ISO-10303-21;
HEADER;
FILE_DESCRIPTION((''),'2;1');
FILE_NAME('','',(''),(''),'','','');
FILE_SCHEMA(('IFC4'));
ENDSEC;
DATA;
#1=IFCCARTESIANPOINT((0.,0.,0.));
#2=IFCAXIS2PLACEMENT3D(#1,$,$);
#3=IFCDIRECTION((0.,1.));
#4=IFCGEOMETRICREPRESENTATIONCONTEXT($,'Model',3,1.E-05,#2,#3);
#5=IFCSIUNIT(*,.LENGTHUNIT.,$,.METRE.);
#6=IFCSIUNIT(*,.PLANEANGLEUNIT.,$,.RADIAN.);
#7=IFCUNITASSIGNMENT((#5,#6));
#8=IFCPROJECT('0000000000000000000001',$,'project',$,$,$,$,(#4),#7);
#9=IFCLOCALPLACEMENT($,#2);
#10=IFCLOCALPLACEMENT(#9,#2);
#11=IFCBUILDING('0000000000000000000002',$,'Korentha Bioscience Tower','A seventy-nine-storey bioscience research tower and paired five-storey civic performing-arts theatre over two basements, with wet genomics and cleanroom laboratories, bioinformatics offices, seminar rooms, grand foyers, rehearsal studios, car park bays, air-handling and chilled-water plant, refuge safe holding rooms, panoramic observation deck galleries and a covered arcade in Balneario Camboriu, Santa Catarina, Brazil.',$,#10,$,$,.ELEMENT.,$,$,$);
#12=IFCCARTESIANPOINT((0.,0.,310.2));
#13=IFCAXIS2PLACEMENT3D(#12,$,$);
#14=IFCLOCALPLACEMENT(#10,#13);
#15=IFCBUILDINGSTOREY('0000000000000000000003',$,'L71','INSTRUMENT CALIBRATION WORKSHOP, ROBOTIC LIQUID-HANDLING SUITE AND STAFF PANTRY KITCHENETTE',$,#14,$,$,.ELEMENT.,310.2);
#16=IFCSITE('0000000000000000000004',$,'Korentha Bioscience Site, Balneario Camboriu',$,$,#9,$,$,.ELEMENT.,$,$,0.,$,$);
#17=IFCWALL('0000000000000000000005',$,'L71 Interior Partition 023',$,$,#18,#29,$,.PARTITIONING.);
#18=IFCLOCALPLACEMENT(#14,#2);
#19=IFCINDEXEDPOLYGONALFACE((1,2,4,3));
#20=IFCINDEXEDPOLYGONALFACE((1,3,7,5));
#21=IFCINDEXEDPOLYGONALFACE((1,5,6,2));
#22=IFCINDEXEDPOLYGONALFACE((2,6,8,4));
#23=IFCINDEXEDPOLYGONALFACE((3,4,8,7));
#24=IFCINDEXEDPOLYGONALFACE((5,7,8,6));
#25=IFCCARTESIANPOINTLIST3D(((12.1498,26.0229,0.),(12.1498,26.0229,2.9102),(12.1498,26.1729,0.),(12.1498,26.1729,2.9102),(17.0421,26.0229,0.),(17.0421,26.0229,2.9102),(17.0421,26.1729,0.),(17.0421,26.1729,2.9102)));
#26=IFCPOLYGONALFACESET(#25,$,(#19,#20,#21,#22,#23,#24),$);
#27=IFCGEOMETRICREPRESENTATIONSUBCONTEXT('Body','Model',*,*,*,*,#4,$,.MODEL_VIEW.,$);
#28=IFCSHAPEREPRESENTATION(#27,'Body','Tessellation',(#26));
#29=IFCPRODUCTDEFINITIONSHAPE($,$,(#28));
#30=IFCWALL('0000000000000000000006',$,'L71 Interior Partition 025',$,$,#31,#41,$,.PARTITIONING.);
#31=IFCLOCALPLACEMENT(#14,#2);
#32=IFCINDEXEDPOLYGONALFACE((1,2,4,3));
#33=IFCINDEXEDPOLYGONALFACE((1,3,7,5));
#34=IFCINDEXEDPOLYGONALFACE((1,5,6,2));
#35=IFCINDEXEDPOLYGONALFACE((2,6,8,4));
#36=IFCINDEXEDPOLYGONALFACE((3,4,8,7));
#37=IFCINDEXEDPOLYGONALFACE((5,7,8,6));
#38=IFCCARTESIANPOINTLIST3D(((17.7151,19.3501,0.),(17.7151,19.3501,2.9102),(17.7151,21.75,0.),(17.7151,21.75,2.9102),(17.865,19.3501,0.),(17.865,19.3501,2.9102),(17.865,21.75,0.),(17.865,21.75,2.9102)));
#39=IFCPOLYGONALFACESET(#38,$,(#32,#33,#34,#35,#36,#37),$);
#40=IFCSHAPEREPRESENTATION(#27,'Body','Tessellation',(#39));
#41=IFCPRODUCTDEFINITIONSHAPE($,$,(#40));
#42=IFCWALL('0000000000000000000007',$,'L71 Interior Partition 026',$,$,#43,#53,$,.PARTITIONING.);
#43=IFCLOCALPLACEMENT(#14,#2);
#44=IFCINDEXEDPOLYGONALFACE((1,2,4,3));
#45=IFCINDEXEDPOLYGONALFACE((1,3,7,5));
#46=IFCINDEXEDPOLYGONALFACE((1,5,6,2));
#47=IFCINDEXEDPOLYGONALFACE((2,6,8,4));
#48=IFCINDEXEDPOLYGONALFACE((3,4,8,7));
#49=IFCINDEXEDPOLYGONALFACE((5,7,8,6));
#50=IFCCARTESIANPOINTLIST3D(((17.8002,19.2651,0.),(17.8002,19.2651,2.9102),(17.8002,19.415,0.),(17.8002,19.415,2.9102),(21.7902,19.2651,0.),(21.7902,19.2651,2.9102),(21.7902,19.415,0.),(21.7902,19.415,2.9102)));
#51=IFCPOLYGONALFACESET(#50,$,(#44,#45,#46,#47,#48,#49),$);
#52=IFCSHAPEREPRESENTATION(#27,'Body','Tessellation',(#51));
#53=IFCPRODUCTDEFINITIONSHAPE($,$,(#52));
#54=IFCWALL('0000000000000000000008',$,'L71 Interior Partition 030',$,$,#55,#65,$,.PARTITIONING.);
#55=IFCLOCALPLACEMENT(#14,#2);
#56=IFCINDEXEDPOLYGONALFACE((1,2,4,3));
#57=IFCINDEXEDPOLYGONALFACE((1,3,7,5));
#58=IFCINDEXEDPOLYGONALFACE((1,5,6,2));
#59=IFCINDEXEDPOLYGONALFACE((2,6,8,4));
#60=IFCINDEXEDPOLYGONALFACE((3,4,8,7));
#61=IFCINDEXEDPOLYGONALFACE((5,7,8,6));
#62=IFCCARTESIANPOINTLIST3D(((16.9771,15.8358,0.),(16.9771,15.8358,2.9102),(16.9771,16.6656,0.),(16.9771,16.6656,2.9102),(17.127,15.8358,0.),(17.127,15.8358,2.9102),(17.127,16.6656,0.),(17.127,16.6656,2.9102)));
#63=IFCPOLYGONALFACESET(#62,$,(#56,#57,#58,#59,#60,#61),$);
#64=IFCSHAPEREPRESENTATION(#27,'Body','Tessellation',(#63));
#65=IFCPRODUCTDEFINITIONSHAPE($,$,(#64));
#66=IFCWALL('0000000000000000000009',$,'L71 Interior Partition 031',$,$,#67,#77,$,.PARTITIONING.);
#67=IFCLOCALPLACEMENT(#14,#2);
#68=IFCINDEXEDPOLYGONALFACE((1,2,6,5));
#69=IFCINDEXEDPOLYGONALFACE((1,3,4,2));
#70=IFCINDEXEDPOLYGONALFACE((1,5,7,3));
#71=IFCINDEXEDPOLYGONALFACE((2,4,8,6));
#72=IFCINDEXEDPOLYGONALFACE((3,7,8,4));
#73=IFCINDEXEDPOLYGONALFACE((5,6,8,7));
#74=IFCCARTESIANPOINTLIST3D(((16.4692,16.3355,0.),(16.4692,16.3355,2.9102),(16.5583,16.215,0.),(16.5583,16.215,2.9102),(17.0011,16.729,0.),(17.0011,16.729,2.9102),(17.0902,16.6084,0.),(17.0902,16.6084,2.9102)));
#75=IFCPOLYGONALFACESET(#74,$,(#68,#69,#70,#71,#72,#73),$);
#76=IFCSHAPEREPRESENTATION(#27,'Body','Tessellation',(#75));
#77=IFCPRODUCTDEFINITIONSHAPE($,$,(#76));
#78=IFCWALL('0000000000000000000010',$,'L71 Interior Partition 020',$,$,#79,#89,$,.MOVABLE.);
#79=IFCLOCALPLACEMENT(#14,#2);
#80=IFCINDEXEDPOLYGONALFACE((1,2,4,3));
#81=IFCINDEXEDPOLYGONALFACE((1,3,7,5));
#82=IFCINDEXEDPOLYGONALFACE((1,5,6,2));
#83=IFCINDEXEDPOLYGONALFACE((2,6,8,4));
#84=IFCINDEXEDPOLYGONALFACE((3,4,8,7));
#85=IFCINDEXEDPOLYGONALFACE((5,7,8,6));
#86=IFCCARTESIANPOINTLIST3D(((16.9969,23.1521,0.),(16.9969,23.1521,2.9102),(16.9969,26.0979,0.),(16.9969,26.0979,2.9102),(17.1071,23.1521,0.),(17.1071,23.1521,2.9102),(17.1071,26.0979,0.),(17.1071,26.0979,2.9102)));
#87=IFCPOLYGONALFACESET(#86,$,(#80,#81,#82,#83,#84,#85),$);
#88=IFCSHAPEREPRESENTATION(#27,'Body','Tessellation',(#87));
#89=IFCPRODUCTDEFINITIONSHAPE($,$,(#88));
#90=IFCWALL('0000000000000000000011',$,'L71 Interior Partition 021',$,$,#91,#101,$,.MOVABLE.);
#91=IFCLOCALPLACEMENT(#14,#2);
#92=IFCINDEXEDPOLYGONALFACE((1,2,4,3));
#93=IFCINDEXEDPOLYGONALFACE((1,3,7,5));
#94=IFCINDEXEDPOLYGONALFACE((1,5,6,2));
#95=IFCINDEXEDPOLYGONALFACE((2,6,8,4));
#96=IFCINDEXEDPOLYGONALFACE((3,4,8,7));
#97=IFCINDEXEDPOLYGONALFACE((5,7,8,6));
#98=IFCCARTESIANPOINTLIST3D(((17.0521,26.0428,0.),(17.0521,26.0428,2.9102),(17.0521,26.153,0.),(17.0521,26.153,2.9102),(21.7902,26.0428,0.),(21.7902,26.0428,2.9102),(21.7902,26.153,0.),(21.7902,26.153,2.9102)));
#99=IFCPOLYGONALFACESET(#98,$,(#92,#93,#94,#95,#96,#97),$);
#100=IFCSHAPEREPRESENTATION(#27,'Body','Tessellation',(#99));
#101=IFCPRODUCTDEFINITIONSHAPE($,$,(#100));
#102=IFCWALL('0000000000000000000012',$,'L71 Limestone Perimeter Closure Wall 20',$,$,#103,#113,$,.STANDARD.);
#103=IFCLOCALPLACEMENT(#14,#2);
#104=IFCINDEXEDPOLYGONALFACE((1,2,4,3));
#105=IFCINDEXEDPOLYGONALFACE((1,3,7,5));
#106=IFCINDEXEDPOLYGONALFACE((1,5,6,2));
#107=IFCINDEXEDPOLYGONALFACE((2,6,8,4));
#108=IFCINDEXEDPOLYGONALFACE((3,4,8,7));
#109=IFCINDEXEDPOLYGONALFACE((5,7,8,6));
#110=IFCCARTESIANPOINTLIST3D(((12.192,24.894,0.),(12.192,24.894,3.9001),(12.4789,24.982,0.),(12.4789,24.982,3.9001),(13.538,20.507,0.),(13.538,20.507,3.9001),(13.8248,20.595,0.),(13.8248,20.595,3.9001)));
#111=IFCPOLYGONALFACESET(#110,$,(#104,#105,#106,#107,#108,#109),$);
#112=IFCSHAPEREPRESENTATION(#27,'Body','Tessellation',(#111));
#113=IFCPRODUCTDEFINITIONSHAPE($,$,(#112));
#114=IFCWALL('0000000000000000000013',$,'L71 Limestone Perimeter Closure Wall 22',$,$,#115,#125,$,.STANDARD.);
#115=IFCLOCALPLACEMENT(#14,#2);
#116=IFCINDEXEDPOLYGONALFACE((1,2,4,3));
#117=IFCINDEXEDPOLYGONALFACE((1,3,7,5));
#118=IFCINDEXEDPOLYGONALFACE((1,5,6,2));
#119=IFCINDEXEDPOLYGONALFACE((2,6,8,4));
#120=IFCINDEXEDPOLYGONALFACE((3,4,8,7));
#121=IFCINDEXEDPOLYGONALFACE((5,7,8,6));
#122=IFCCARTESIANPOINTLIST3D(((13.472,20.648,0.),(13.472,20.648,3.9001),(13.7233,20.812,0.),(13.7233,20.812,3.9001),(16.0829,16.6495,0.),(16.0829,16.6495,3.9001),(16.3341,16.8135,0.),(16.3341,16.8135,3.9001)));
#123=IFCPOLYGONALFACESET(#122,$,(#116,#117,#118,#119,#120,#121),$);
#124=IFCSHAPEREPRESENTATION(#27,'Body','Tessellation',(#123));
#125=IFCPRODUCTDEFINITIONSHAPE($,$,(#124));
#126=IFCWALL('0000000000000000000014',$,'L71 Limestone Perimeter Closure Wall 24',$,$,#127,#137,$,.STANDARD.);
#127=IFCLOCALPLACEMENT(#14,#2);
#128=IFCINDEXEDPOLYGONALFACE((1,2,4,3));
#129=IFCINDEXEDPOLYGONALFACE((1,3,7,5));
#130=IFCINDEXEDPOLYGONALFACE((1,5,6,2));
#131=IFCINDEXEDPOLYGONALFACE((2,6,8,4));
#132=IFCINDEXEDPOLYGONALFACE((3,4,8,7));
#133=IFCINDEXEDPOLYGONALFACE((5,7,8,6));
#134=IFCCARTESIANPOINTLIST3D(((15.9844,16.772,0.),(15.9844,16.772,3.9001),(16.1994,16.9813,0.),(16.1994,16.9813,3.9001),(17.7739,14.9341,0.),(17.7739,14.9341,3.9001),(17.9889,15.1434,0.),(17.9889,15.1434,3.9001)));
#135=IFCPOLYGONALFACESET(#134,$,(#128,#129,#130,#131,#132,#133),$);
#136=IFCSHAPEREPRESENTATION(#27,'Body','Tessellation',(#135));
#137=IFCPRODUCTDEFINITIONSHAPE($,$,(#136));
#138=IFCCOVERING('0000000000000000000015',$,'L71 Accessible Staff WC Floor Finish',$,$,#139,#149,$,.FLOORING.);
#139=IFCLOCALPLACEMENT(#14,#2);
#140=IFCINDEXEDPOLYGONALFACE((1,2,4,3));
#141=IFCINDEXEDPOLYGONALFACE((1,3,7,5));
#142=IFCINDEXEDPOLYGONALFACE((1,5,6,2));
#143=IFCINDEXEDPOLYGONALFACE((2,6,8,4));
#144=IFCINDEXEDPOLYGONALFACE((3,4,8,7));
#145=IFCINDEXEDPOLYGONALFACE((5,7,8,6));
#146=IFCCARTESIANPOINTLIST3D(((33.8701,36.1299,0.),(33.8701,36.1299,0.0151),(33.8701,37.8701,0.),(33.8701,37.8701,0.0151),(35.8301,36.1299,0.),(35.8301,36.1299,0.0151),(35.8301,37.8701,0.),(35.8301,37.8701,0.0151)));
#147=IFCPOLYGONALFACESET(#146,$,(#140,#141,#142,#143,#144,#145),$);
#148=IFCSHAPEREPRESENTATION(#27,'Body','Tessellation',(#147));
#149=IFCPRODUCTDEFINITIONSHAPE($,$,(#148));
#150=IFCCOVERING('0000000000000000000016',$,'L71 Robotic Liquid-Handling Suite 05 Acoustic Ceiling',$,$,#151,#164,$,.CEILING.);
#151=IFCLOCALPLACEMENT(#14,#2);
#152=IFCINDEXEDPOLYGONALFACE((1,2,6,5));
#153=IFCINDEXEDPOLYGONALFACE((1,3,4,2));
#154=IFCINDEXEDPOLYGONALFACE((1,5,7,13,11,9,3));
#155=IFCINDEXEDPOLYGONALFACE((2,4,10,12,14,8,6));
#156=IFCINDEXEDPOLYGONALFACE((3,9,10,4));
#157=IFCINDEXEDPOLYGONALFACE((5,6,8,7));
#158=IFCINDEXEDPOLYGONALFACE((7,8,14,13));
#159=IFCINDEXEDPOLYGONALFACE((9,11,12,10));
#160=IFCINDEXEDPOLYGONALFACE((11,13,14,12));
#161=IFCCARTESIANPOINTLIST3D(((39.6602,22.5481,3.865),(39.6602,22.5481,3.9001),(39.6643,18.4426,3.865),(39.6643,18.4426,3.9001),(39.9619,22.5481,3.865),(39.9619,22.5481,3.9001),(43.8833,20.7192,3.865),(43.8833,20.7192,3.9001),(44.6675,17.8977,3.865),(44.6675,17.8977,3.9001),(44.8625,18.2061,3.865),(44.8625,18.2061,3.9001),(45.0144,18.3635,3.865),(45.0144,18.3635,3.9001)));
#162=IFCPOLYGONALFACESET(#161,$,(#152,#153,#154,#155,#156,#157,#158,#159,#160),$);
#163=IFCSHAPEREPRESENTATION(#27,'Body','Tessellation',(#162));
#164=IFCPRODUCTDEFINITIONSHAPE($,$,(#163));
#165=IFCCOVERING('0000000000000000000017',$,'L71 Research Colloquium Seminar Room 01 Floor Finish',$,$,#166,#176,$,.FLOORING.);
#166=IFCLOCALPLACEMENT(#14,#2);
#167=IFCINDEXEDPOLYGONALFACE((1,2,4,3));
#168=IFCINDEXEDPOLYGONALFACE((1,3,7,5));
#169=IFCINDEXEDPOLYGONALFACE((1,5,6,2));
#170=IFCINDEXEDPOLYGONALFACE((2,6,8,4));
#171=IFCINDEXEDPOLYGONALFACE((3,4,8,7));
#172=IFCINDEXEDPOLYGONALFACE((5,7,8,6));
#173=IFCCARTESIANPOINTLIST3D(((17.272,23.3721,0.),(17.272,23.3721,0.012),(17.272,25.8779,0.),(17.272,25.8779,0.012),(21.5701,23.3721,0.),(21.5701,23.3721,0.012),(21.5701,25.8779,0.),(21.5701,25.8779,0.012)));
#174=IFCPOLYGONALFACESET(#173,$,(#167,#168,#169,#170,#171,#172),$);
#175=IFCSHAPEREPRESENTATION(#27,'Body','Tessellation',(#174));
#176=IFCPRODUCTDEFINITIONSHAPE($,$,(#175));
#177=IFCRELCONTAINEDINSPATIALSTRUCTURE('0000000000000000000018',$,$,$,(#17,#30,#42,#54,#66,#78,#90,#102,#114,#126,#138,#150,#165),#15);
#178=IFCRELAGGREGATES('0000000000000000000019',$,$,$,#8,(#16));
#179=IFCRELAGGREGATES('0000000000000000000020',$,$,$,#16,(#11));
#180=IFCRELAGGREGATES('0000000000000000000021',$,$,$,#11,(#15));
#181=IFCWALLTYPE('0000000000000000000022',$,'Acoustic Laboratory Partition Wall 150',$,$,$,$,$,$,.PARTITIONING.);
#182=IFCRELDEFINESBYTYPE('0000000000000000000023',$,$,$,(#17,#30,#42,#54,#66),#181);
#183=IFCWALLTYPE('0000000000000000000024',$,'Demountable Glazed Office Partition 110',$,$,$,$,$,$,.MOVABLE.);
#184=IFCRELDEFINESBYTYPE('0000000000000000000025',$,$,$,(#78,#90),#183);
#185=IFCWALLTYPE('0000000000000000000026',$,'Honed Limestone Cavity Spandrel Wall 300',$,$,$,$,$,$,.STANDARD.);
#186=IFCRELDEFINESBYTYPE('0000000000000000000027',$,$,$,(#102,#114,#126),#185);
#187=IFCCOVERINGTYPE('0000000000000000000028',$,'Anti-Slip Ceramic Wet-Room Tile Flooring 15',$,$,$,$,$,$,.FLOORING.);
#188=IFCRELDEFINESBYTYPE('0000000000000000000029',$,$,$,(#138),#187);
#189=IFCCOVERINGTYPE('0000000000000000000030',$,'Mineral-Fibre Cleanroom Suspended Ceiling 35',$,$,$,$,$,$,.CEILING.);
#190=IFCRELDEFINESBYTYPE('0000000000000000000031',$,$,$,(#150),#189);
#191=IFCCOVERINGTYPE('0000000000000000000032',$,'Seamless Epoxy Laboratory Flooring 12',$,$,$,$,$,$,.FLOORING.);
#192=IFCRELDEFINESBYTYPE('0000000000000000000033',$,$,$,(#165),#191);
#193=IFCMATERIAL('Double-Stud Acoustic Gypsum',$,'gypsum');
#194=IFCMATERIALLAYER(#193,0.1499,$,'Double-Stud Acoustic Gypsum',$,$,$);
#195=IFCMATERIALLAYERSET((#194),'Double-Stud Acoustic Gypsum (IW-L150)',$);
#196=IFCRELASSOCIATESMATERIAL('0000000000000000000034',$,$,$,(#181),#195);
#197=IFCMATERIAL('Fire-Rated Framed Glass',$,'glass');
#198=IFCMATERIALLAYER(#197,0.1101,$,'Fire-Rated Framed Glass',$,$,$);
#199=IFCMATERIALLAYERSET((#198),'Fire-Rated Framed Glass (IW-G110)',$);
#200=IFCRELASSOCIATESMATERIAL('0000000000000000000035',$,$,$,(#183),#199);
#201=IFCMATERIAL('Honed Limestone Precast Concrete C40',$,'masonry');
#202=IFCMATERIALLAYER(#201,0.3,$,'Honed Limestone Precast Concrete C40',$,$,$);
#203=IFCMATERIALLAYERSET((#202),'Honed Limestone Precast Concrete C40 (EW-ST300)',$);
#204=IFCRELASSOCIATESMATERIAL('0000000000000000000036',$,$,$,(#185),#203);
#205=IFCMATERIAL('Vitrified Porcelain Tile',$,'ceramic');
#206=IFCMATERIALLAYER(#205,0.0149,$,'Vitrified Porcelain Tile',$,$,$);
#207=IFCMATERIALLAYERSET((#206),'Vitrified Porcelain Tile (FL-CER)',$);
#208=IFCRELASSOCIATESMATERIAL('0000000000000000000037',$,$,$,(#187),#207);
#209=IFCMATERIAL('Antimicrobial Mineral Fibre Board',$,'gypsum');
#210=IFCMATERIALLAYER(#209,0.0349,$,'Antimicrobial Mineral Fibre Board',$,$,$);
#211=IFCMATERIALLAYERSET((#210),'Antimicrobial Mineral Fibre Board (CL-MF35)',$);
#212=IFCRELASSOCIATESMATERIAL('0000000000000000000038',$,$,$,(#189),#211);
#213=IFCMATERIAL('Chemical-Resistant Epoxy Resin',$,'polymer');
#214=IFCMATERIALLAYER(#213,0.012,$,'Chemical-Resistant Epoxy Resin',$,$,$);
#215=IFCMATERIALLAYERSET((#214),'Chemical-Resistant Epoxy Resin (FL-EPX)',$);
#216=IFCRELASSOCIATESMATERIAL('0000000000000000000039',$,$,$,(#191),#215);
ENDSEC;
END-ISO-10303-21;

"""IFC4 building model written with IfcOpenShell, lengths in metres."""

from ifc_helpers import new_model, si_unit, direction, frame, frame_2d, origin, place, context, subcontext, project, spatial, polyline, rectangle, outline, extrude, material, layer, layer_set, type_object, element, save


model = new_model("IFC4")

# Units and contexts
model_context = context("Model", 3, precision=1e-05, world=origin(), true_north=direction((0.0, 1.0)))
body_context = subcontext(model_context, "Body", "Model", "MODEL_VIEW")
ifc_project = project(units=[si_unit("LENGTHUNIT", "METRE"), si_unit("PLANEANGLEUNIT", "RADIAN")], contexts=[model_context])

# Site, building, storey
site_placement = place(None, origin())
site = spatial("IfcSite", under=ifc_project, at=site_placement, Name="Korentha Bioscience Site, Balneario Camboriu", CompositionType="ELEMENT", RefElevation=0.0)
building_placement = place(site_placement, origin())
building = spatial("IfcBuilding", under=site, at=building_placement, Name="Korentha Bioscience Tower", Description="A seventy-nine-storey bioscience research tower and paired five-storey civic performing-arts theatre over two basements, with wet genomics and cleanroom laboratories, bioinformatics offices, seminar rooms, grand foyers, rehearsal studios, car park bays, air-handling and chilled-water plant, refuge safe holding rooms, panoramic observation deck galleries and a covered arcade in Balneario Camboriu, Santa Catarina, Brazil.", CompositionType="ELEMENT")
storey_placement = place(building_placement, frame((0.0, 0.0, 310.2)))
storey = spatial("IfcBuildingStorey", under=building, at=storey_placement, Name="L71", Description="INSTRUMENT CALIBRATION WORKSHOP, ROBOTIC LIQUID-HANDLING SUITE AND STAFF PANTRY KITCHENETTE", CompositionType="ELEMENT", Elevation=310.2)

# Walls
ifc_material_1 = material(Name="Double-Stud Acoustic Gypsum", Category="gypsum")
ifc_layer_1 = layer(ifc_material_1, 0.1499, Name="Double-Stud Acoustic Gypsum")
ifc_layer_set_1 = layer_set([ifc_layer_1], Name="Double-Stud Acoustic Gypsum (IW-L150)")
wall_type_1 = type_object("IfcWallType", Name="Acoustic Laboratory Partition Wall 150", PredefinedType="PARTITIONING", material=ifc_layer_set_1)
wall_1_placement = place(storey_placement, frame((12.1497, 26.0979, 0.0), z_axis=(0.0, 0.0, 1.0), x_axis=(1.0, 0.0, 0.0)))
element("IfcWall", 1, at=wall_1_placement, inside=storey, type_object=wall_type_1, Name="L71 Interior Partition 023", PredefinedType="PARTITIONING", context=body_context, shape_type="SweptSolid", body=[
    extrude(rectangle(XDim=4.8923, YDim=0.1499, at=frame_2d((2.4463, 0.0))), origin(), (0.0, 0.0, 1.0), 2.9102),
])
wall_2_placement = place(storey_placement, frame((17.79, 21.75, 0.0), z_axis=(0.0, 0.0, 1.0), x_axis=(0.0, -1.0, 0.0)))
element("IfcWall", 2, at=wall_2_placement, inside=storey, type_object=wall_type_1, Name="L71 Interior Partition 025", PredefinedType="PARTITIONING", context=body_context, shape_type="SweptSolid", body=[
    extrude(rectangle(XDim=2.3999, YDim=0.1499, at=frame_2d((1.2, 0.0))), origin(), (0.0, 0.0, 1.0), 2.9102),
])
wall_3_placement = place(storey_placement, frame((17.8, 19.3401, 0.0), z_axis=(0.0, 0.0, 1.0), x_axis=(1.0, 0.0, 0.0)))
element("IfcWall", 3, at=wall_3_placement, inside=storey, type_object=wall_type_1, Name="L71 Interior Partition 026", PredefinedType="PARTITIONING", context=body_context, shape_type="SweptSolid", body=[
    extrude(rectangle(XDim=3.99, YDim=0.1499, at=frame_2d((1.9951, 0.0))), origin(), (0.0, 0.0, 1.0), 2.9102),
])
wall_4_placement = place(storey_placement, frame((17.052, 15.8357, 0.0), z_axis=(0.0, 0.0, 1.0), x_axis=(0.0, 1.0, 0.0)))
element("IfcWall", 4, at=wall_4_placement, inside=storey, type_object=wall_type_1, Name="L71 Interior Partition 030", PredefinedType="PARTITIONING", context=body_context, shape_type="SweptSolid", body=[
    extrude(rectangle(XDim=0.8298, YDim=0.1499, at=frame_2d((0.415, 0.0))), origin(), (0.0, 0.0, 1.0), 2.9102),
])
wall_5_placement = place(storey_placement, frame((17.0457, 16.6687, 0.0), z_axis=(0.0, 0.0, 1.0), x_axis=(-0.803923, -0.594733, 0.0)))
element("IfcWall", 5, at=wall_5_placement, inside=storey, type_object=wall_type_1, Name="L71 Interior Partition 031", PredefinedType="PARTITIONING", context=body_context, shape_type="SweptSolid", body=[
    extrude(rectangle(XDim=0.6616, YDim=0.1499, at=frame_2d((0.3308, 0.0))), origin(), (0.0, 0.0, 1.0), 2.9102),
])
ifc_material_2 = material(Name="Fire-Rated Framed Glass", Category="glass")
ifc_layer_2 = layer(ifc_material_2, 0.1101, Name="Fire-Rated Framed Glass")
ifc_layer_set_2 = layer_set([ifc_layer_2], Name="Fire-Rated Framed Glass (IW-G110)")
wall_type_2 = type_object("IfcWallType", Name="Demountable Glazed Office Partition 110", PredefinedType="MOVABLE", material=ifc_layer_set_2)
wall_6_placement = place(storey_placement, frame((17.052, 23.1521, 0.0), z_axis=(0.0, 0.0, 1.0), x_axis=(0.0, 1.0, 0.0)))
element("IfcWall", 6, at=wall_6_placement, inside=storey, type_object=wall_type_2, Name="L71 Interior Partition 020", PredefinedType="MOVABLE", context=body_context, shape_type="SweptSolid", body=[
    extrude(rectangle(XDim=2.9458, YDim=0.1101, at=frame_2d((1.4729, 0.0))), origin(), (0.0, 0.0, 1.0), 2.9102),
])
wall_7_placement = place(storey_placement, frame((17.052, 26.0979, 0.0), z_axis=(0.0, 0.0, 1.0), x_axis=(1.0, 0.0, 0.0)))
element("IfcWall", 7, at=wall_7_placement, inside=storey, type_object=wall_type_2, Name="L71 Interior Partition 021", PredefinedType="MOVABLE", context=body_context, shape_type="SweptSolid", body=[
    extrude(rectangle(XDim=4.738, YDim=0.1101, at=frame_2d((2.3691, 0.0))), origin(), (0.0, 0.0, 1.0), 2.9102),
])
ifc_material_3 = material(Name="Honed Limestone Precast Concrete C40", Category="masonry")
ifc_layer_3 = layer(ifc_material_3, 0.3, Name="Honed Limestone Precast Concrete C40")
ifc_layer_set_3 = layer_set([ifc_layer_3], Name="Honed Limestone Precast Concrete C40 (EW-ST300)")
wall_type_3 = type_object("IfcWallType", Name="Honed Limestone Cavity Spandrel Wall 300", PredefinedType="STANDARD", material=ifc_layer_set_3)
wall_8_placement = place(storey_placement, frame((12.3354, 24.938, 0.0), z_axis=(0.0, 0.0, 1.0), x_axis=(0.293312, -0.956017, 0.0)))
element("IfcWall", 8, at=wall_8_placement, inside=storey, type_object=wall_type_3, Name="L71 Limestone Perimeter Closure Wall 20", PredefinedType="STANDARD", context=body_context, shape_type="SweptSolid", body=[
    extrude(rectangle(XDim=4.5889, YDim=0.3, at=frame_2d((2.2944, 0.0))), origin(), (0.0, 0.0, 1.0), 3.9001),
])
wall_9_placement = place(storey_placement, frame((13.5977, 20.73, 0.0), z_axis=(0.0, 0.0, 1.0), x_axis=(0.546723, -0.837313, 0.0)))
element("IfcWall", 9, at=wall_9_placement, inside=storey, type_object=wall_type_3, Name="L71 Limestone Perimeter Closure Wall 22", PredefinedType="STANDARD", context=body_context, shape_type="SweptSolid", body=[
    extrude(rectangle(XDim=4.7754, YDim=0.3, at=frame_2d((2.3877, 0.0))), origin(), (0.0, 0.0, 1.0), 3.9001),
])
wall_10_placement = place(storey_placement, frame((16.0918, 16.8767, 0.0), z_axis=(0.0, 0.0, 1.0), x_axis=(0.697622, -0.716466, 0.0)))
element("IfcWall", 10, at=wall_10_placement, inside=storey, type_object=wall_type_3, Name="L71 Limestone Perimeter Closure Wall 24", PredefinedType="STANDARD", context=body_context, shape_type="SweptSolid", body=[
    extrude(rectangle(XDim=2.5652, YDim=0.3, at=frame_2d((1.2827, 0.0))), origin(), (0.0, 0.0, 1.0), 3.9001),
])

# Coverings
ifc_material_4 = material(Name="Vitrified Porcelain Tile", Category="ceramic")
ifc_layer_4 = layer(ifc_material_4, 0.0149, Name="Vitrified Porcelain Tile")
ifc_layer_set_4 = layer_set([ifc_layer_4], Name="Vitrified Porcelain Tile (FL-CER)")
covering_type_1 = type_object("IfcCoveringType", Name="Anti-Slip Ceramic Wet-Room Tile Flooring 15", PredefinedType="FLOORING", material=ifc_layer_set_4)
covering_1_placement = place(storey_placement, origin())
element("IfcCovering", 11, at=covering_1_placement, inside=storey, type_object=covering_type_1, Name="L71 Accessible Staff WC Floor Finish", PredefinedType="FLOORING", context=body_context, shape_type="SweptSolid", body=[
    extrude(outline(polyline([(33.8701, 36.1299), (33.8701, 37.8701), (35.8301, 37.8701), (35.8301, 36.1299), (33.8701, 36.1299)])), origin(), (0.0, 0.0, 1.0), 0.0151),
])
ifc_material_5 = material(Name="Antimicrobial Mineral Fibre Board", Category="gypsum")
ifc_layer_5 = layer(ifc_material_5, 0.0349, Name="Antimicrobial Mineral Fibre Board")
ifc_layer_set_5 = layer_set([ifc_layer_5], Name="Antimicrobial Mineral Fibre Board (CL-MF35)")
covering_type_2 = type_object("IfcCoveringType", Name="Mineral-Fibre Cleanroom Suspended Ceiling 35", PredefinedType="CEILING", material=ifc_layer_set_5)
covering_2_placement = place(storey_placement, frame((0.0, 0.0, 3.865)))
element("IfcCovering", 12, at=covering_2_placement, inside=storey, type_object=covering_type_2, Name="L71 Robotic Liquid-Handling Suite 05 Acoustic Ceiling", PredefinedType="CEILING", context=body_context, shape_type="SweptSolid", body=[
    extrude(outline(polyline([(43.8833, 20.7192), (45.0144, 18.3635), (44.8625, 18.2061), (44.6675, 17.8977), (39.6643, 18.4426), (39.6602, 22.5481), (39.9619, 22.5481), (43.8833, 20.7192)])), origin(), (0.0, 0.0, 1.0), 0.0352),
])
ifc_material_6 = material(Name="Chemical-Resistant Epoxy Resin", Category="polymer")
ifc_layer_6 = layer(ifc_material_6, 0.012, Name="Chemical-Resistant Epoxy Resin")
ifc_layer_set_6 = layer_set([ifc_layer_6], Name="Chemical-Resistant Epoxy Resin (FL-EPX)")
covering_type_3 = type_object("IfcCoveringType", Name="Seamless Epoxy Laboratory Flooring 12", PredefinedType="FLOORING", material=ifc_layer_set_6)
covering_3_placement = place(storey_placement, origin())
element("IfcCovering", 13, at=covering_3_placement, inside=storey, type_object=covering_type_3, Name="L71 Research Colloquium Seminar Room 01 Floor Finish", PredefinedType="FLOORING", context=body_context, shape_type="SweptSolid", body=[
    extrude(outline(polyline([(17.272, 25.8779), (21.5701, 25.8779), (21.5701, 23.3721), (17.272, 23.3721), (17.272, 25.8779)])), origin(), (0.0, 0.0, 1.0), 0.012),
])

save(model, "model.ifc")
